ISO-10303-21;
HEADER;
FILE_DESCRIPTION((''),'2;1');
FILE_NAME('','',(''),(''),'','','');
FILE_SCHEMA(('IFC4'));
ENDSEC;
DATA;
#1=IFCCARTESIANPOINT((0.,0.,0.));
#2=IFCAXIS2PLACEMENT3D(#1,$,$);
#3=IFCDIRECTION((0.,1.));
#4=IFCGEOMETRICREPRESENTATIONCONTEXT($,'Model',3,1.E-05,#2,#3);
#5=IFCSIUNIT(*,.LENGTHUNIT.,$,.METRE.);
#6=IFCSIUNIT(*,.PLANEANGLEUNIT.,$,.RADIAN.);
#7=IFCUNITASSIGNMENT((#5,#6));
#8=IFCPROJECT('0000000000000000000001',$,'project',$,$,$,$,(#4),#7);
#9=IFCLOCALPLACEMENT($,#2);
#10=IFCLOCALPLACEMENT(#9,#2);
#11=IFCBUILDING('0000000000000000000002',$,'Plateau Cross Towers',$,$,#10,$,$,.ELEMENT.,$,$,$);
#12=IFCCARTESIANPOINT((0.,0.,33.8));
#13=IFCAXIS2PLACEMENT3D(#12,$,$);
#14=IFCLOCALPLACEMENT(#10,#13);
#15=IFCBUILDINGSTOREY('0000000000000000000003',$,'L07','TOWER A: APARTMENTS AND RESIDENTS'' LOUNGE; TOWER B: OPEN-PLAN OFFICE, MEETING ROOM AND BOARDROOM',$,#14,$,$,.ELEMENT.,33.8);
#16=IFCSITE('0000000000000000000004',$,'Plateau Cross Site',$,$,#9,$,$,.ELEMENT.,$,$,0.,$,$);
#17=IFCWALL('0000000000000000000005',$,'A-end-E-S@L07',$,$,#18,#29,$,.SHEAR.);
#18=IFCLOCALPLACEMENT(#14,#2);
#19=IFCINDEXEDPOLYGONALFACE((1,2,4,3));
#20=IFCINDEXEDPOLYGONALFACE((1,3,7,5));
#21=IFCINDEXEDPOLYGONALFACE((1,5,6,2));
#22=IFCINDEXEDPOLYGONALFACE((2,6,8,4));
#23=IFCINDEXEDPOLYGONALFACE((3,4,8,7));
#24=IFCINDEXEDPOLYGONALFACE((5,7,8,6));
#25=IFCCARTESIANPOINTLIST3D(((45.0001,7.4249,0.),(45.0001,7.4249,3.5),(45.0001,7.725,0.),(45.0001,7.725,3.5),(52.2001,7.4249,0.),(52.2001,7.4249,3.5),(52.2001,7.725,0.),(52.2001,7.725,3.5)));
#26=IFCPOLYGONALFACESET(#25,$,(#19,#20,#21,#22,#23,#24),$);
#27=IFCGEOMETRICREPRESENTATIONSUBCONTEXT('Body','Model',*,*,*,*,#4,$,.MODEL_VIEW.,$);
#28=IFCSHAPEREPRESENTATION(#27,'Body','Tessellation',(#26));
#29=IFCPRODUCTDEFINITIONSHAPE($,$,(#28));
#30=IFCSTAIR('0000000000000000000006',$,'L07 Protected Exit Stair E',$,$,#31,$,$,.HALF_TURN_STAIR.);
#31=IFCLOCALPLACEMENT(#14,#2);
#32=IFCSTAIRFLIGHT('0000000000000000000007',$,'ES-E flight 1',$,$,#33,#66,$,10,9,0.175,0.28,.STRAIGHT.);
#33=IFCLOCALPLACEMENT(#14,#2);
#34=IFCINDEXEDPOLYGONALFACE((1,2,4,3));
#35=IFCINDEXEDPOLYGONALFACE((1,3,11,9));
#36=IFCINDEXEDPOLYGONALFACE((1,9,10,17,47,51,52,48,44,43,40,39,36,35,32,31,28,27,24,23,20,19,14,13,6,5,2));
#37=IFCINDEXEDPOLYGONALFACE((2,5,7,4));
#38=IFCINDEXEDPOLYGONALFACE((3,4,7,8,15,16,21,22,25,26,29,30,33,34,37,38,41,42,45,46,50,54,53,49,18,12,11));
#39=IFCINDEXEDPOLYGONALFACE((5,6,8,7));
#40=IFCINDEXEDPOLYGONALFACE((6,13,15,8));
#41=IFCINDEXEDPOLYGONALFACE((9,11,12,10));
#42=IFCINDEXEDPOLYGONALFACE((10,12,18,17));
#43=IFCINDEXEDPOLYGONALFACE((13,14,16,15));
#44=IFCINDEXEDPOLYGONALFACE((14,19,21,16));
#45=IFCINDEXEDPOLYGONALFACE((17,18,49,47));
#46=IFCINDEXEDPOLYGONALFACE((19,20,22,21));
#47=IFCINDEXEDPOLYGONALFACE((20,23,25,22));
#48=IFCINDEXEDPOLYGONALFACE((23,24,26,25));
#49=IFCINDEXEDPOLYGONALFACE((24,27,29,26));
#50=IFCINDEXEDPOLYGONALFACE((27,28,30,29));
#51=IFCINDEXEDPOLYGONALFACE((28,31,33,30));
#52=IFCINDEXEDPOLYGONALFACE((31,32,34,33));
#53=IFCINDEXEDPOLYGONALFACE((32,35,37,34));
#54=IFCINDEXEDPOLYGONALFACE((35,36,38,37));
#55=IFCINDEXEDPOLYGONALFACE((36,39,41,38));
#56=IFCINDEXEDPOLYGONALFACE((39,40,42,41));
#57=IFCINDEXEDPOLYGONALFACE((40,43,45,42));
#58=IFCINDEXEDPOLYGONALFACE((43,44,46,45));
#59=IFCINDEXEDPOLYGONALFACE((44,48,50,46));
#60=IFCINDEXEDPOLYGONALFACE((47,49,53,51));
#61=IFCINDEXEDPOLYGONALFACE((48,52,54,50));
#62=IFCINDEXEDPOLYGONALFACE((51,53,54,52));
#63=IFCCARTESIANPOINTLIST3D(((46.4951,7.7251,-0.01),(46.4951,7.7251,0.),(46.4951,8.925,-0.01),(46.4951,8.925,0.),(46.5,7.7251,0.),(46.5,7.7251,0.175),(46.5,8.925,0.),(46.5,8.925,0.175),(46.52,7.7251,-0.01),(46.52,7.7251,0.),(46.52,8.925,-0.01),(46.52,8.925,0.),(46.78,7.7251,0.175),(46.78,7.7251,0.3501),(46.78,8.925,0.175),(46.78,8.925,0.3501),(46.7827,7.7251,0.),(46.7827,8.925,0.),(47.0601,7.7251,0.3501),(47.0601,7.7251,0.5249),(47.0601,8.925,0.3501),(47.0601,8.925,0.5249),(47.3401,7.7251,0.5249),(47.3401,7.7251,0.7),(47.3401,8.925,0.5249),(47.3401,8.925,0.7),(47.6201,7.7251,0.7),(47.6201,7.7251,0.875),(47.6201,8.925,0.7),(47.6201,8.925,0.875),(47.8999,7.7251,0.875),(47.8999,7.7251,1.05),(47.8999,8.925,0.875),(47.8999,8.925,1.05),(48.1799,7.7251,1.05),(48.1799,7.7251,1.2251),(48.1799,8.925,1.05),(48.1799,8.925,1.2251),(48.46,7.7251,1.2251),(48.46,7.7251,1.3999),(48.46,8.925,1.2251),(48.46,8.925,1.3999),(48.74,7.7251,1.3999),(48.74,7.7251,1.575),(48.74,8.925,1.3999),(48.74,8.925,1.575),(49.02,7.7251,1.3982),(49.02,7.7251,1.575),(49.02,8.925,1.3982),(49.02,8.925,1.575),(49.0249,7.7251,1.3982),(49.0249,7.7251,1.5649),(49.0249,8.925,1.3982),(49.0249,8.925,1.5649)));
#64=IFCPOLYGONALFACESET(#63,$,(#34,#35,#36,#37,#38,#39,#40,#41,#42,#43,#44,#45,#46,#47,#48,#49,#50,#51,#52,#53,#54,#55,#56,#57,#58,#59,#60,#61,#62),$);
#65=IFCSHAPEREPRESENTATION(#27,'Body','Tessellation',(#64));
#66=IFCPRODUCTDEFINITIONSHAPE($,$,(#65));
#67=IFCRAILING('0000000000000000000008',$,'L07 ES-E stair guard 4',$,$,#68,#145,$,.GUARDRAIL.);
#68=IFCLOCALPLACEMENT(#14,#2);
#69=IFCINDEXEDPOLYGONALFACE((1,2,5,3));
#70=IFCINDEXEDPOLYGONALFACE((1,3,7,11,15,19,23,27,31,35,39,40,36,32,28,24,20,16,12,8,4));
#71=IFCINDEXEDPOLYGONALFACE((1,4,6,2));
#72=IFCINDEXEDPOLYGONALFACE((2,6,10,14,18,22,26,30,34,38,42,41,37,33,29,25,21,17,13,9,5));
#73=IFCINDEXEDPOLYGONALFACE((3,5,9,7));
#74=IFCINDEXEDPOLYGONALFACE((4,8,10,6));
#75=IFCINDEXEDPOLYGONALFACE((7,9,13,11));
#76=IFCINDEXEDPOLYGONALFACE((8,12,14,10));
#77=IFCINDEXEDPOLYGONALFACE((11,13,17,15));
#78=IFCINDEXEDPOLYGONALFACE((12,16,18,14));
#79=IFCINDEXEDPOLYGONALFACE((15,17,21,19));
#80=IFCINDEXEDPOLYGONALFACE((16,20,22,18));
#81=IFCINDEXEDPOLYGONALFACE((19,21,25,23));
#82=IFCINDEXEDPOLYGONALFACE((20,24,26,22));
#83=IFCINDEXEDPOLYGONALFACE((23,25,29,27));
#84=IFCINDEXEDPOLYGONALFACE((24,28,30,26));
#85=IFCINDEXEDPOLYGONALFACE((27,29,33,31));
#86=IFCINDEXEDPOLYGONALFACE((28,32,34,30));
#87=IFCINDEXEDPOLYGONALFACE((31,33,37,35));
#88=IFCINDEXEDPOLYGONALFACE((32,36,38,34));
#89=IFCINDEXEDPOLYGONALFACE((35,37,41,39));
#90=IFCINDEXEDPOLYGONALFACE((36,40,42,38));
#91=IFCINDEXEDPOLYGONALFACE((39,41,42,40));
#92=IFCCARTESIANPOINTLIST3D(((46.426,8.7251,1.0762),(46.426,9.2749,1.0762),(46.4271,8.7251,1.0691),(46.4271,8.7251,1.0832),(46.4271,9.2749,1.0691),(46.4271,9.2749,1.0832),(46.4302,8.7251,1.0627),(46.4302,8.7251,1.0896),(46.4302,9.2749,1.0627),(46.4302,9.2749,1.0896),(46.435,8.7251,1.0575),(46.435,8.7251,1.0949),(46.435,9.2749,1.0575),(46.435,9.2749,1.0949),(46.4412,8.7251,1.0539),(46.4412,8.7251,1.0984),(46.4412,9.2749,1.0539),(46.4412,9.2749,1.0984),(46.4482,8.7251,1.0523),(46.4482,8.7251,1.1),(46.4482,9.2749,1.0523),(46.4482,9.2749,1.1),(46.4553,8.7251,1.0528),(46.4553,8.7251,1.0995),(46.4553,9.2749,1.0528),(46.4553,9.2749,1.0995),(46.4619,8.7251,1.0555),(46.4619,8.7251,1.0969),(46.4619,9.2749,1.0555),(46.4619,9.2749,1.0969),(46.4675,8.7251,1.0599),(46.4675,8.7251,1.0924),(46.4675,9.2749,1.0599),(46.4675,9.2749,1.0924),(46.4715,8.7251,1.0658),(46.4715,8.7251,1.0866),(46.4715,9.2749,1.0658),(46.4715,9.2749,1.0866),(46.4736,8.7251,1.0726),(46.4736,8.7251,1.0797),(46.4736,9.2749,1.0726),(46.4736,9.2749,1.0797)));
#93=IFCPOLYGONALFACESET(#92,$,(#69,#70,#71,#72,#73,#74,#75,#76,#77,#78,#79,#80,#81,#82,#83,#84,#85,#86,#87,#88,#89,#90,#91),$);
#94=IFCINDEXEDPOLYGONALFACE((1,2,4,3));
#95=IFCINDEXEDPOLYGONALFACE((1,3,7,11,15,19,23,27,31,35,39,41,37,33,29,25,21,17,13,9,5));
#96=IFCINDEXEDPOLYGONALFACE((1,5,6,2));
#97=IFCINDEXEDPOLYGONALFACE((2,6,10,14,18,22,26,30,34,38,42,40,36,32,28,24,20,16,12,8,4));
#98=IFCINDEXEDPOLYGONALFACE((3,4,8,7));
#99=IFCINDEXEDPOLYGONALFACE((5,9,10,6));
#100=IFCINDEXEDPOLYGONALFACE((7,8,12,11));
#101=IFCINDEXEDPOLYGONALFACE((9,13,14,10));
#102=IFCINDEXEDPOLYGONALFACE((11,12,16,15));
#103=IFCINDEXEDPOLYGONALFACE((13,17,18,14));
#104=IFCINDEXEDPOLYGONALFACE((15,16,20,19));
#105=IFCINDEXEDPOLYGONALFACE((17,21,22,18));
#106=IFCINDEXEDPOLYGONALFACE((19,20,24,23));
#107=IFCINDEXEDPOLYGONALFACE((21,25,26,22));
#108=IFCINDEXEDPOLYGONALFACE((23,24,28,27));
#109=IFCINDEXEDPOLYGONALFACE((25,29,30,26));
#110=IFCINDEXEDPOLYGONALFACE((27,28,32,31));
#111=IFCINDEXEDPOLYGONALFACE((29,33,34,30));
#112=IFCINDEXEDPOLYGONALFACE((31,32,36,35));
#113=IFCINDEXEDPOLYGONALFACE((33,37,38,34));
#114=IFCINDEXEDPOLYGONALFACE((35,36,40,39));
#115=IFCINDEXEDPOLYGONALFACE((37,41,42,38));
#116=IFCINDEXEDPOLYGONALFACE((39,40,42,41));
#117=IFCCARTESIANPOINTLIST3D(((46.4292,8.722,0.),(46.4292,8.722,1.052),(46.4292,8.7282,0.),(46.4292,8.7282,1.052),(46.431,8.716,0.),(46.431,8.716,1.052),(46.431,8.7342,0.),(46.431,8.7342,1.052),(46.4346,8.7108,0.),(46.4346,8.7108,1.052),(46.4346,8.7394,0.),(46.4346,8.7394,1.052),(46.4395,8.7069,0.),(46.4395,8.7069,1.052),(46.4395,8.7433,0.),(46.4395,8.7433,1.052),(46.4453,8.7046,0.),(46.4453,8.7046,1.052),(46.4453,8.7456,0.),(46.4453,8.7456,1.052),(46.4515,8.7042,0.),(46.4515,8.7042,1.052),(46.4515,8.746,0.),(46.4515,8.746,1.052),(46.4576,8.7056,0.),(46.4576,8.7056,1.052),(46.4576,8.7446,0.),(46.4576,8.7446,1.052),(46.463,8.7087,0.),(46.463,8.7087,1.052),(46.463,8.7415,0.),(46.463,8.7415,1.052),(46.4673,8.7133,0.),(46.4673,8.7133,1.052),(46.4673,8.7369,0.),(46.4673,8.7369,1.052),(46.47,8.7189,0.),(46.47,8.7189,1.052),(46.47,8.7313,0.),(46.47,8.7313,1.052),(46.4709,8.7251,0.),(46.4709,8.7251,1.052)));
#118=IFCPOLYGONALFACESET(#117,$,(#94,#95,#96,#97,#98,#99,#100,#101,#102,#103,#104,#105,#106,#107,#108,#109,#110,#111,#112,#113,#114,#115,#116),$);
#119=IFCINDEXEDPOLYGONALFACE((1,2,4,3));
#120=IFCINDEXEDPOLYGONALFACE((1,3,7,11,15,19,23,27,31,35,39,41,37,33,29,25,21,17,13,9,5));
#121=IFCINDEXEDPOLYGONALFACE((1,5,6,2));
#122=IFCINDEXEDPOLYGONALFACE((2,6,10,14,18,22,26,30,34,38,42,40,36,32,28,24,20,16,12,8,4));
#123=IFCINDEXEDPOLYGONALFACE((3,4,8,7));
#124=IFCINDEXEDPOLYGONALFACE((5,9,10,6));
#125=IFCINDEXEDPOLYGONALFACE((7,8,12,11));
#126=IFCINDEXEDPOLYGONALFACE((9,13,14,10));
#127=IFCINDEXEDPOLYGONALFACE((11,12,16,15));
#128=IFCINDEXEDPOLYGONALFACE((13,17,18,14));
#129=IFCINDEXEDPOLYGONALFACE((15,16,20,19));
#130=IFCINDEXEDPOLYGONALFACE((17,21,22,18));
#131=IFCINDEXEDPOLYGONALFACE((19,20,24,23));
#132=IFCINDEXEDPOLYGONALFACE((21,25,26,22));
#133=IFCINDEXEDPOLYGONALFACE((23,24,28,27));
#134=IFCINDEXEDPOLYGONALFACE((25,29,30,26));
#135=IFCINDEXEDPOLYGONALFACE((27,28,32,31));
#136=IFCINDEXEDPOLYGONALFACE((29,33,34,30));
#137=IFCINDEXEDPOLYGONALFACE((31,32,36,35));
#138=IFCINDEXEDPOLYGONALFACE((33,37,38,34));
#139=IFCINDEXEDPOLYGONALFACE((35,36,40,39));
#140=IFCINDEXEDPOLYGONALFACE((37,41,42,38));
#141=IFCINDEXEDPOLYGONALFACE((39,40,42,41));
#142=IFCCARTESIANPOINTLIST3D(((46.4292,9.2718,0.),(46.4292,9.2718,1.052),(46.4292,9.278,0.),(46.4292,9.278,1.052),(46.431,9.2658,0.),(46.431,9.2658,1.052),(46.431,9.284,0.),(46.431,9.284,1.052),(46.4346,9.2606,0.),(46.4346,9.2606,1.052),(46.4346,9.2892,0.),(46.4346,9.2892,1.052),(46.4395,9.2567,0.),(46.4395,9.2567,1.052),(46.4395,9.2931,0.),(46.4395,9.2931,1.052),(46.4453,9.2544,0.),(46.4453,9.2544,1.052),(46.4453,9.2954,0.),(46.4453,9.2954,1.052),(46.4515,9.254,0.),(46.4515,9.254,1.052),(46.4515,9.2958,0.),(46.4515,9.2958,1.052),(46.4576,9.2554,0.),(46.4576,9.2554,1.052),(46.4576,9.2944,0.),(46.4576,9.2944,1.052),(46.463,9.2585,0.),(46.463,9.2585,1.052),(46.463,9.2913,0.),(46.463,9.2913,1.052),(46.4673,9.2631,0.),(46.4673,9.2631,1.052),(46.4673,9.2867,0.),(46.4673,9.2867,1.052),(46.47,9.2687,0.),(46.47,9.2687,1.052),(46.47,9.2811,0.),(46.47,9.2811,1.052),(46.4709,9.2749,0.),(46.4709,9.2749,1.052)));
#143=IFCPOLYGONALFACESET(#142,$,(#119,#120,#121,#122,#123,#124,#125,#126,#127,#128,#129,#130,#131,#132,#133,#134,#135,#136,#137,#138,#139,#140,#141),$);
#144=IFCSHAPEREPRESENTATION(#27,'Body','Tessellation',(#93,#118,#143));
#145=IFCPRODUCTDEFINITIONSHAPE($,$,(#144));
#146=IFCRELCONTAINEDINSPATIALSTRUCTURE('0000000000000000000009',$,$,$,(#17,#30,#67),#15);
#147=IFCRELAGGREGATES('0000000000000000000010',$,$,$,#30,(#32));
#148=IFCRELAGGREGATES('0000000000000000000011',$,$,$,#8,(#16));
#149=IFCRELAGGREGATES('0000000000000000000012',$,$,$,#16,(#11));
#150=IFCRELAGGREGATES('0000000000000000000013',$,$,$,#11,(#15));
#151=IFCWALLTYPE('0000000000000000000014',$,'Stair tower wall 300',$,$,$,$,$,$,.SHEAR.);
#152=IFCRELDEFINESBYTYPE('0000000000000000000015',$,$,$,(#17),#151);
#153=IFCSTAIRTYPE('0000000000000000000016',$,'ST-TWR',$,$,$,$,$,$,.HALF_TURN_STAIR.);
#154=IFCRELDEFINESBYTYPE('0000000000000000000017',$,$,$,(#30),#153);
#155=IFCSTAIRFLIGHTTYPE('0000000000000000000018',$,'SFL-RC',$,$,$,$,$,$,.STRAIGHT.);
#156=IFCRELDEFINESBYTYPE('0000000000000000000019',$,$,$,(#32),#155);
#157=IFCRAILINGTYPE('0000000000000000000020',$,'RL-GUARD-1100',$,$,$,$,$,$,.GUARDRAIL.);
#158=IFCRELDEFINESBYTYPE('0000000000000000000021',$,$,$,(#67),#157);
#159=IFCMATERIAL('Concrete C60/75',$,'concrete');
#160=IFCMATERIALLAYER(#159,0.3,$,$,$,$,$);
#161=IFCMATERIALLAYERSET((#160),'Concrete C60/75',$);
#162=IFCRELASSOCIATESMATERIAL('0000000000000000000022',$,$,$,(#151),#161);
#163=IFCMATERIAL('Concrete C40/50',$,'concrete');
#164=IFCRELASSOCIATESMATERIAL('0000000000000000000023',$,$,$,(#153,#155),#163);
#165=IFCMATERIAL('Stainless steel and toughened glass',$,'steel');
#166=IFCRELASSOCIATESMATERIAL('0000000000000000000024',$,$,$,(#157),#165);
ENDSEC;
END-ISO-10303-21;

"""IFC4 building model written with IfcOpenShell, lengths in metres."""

from ifc_helpers import new_model, si_unit, direction, frame, frame_2d, origin, origin_2d, place, context, subcontext, project, spatial, polyline, rectangle, circle, outline, extrude, material, layer, layer_set, type_object, element, aggregate, save


model = new_model("IFC4")

# Units and contexts
model_context = context("Model", 3, precision=1e-05, world=origin(), true_north=direction((0.0, 1.0)))
body_context = subcontext(model_context, "Body", "Model", "MODEL_VIEW")
ifc_project = project(units=[si_unit("LENGTHUNIT", "METRE"), si_unit("PLANEANGLEUNIT", "RADIAN")], contexts=[model_context])

# Site, building, storey
site_placement = place(None, origin())
site = spatial("IfcSite", under=ifc_project, at=site_placement, Name="Plateau Cross Site", CompositionType="ELEMENT", RefElevation=0.0)
building_placement = place(site_placement, origin())
building = spatial("IfcBuilding", under=site, at=building_placement, Name="Plateau Cross Towers", CompositionType="ELEMENT")
storey_placement = place(building_placement, frame((0.0, 0.0, 33.8)))
storey = spatial("IfcBuildingStorey", under=building, at=storey_placement, Name="L07", Description="TOWER A: APARTMENTS AND RESIDENTS' LOUNGE; TOWER B: OPEN-PLAN OFFICE, MEETING ROOM AND BOARDROOM", CompositionType="ELEMENT", Elevation=33.8)

# Shared definitions
ifc_material_1 = material(Name="Concrete C60/75", Category="concrete")
ifc_layer_1 = layer(ifc_material_1, 0.3)
ifc_layer_set_1 = layer_set([ifc_layer_1], Name="Concrete C60/75")
wall_type_1 = type_object("IfcWallType", Name="Stair tower wall 300", PredefinedType="SHEAR", material=ifc_layer_set_1)

# Wall
wall_1_placement = place(storey_placement, frame((45.0, 7.575, 0.0), z_axis=(0.0, 0.0, 1.0), x_axis=(1.0, 0.0, 0.0)))
element("IfcWall", 1, at=wall_1_placement, inside=storey, type_object=wall_type_1, Name="A-end-E-S@L07", PredefinedType="SHEAR", context=body_context, shape_type="SweptSolid", body=[
    extrude(rectangle(XDim=7.2, YDim=0.3, at=frame_2d((3.6001, 0.0))), origin(), (0.0, 0.0, 1.0), 3.5),
])

# Stair, stair flight
ifc_material_2 = material(Name="Concrete C40/50", Category="concrete")
stair_type = type_object("IfcStairType", Name="ST-TWR", PredefinedType="HALF_TURN_STAIR", material=ifc_material_2)
stair_placement = place(storey_placement, origin())
stair = element("IfcStair", 2, at=stair_placement, inside=storey, type_object=stair_type, Name="L07 Protected Exit Stair E", PredefinedType="HALF_TURN_STAIR")
stair_flight_type = type_object("IfcStairFlightType", Name="SFL-RC", PredefinedType="STRAIGHT", material=ifc_material_2)
stair_flight_placement = place(storey_placement, frame((46.5, 8.325, 0.0), z_axis=(0.0, 0.0, 1.0), x_axis=(1.0, 0.0, 0.0)))
stair_flight = element("IfcStairFlight", 3, at=stair_flight_placement, type_object=stair_flight_type, Name="ES-E flight 1", NumberOfRisers=10, NumberOfTreads=9, PredefinedType="STRAIGHT", RiserHeight=0.175, TreadLength=0.28, context=body_context, shape_type="SweptSolid", body=[
    extrude(outline(polyline([(-0.0049, -0.01), (-0.0049, 0.0), (0.0, 0.0), (0.0, 0.175), (0.28, 0.175), (0.28, 0.3501), (0.5601, 0.3501), (0.5601, 0.5249), (0.8401, 0.5249), (0.8401, 0.7), (1.1201, 0.7), (1.1201, 0.875), (1.3999, 0.875), (1.3999, 1.05), (1.6799, 1.05), (1.6799, 1.2251), (1.96, 1.2251), (1.96, 1.3999), (2.24, 1.3999), (2.24, 1.575), (2.52, 1.575), (2.5249, 1.5649), (2.5249, 1.3982), (2.52, 1.3982), (0.2827, 0.0), (0.02, 0.0), (0.02, -0.01), (-0.0049, -0.01)])), frame((0.0, 0.6001, 0.0), z_axis=(0.0, -1.0, 0.0), x_axis=(1.0, 0.0, 0.0)), (0.0, 0.0, 1.0), 1.2),
])
aggregate(stair, [stair_flight])

# Railing
ifc_material_3 = material(Name="Stainless steel and toughened glass", Category="steel")
railing_type_1 = type_object("IfcRailingType", Name="RL-GUARD-1100", PredefinedType="GUARDRAIL", material=ifc_material_3)
railing_1_placement = place(storey_placement, frame((46.45, 8.7251, 0.0)))
element("IfcRailing", 4, at=railing_1_placement, inside=storey, type_object=railing_type_1, Name="L07 ES-E stair guard 4", PredefinedType="GUARDRAIL", context=body_context, shape_type="SweptSolid", body=[
    extrude(circle(Radius=0.0239, at=origin_2d()), frame((0.0, 0.0, 1.0762), z_axis=(0.0, 1.0, 0.0), x_axis=(-1.0, 0.0, 0.0)), (0.0, 0.0, 1.0), 0.5498),
    extrude(circle(Radius=0.021, at=origin_2d()), origin(), (0.0, 0.0, 1.0), 1.052),
    extrude(circle(Radius=0.021, at=origin_2d()), frame((0.0, 0.5498, 0.0)), (0.0, 0.0, 1.0), 1.052),
])

save(model, "model.ifc")
